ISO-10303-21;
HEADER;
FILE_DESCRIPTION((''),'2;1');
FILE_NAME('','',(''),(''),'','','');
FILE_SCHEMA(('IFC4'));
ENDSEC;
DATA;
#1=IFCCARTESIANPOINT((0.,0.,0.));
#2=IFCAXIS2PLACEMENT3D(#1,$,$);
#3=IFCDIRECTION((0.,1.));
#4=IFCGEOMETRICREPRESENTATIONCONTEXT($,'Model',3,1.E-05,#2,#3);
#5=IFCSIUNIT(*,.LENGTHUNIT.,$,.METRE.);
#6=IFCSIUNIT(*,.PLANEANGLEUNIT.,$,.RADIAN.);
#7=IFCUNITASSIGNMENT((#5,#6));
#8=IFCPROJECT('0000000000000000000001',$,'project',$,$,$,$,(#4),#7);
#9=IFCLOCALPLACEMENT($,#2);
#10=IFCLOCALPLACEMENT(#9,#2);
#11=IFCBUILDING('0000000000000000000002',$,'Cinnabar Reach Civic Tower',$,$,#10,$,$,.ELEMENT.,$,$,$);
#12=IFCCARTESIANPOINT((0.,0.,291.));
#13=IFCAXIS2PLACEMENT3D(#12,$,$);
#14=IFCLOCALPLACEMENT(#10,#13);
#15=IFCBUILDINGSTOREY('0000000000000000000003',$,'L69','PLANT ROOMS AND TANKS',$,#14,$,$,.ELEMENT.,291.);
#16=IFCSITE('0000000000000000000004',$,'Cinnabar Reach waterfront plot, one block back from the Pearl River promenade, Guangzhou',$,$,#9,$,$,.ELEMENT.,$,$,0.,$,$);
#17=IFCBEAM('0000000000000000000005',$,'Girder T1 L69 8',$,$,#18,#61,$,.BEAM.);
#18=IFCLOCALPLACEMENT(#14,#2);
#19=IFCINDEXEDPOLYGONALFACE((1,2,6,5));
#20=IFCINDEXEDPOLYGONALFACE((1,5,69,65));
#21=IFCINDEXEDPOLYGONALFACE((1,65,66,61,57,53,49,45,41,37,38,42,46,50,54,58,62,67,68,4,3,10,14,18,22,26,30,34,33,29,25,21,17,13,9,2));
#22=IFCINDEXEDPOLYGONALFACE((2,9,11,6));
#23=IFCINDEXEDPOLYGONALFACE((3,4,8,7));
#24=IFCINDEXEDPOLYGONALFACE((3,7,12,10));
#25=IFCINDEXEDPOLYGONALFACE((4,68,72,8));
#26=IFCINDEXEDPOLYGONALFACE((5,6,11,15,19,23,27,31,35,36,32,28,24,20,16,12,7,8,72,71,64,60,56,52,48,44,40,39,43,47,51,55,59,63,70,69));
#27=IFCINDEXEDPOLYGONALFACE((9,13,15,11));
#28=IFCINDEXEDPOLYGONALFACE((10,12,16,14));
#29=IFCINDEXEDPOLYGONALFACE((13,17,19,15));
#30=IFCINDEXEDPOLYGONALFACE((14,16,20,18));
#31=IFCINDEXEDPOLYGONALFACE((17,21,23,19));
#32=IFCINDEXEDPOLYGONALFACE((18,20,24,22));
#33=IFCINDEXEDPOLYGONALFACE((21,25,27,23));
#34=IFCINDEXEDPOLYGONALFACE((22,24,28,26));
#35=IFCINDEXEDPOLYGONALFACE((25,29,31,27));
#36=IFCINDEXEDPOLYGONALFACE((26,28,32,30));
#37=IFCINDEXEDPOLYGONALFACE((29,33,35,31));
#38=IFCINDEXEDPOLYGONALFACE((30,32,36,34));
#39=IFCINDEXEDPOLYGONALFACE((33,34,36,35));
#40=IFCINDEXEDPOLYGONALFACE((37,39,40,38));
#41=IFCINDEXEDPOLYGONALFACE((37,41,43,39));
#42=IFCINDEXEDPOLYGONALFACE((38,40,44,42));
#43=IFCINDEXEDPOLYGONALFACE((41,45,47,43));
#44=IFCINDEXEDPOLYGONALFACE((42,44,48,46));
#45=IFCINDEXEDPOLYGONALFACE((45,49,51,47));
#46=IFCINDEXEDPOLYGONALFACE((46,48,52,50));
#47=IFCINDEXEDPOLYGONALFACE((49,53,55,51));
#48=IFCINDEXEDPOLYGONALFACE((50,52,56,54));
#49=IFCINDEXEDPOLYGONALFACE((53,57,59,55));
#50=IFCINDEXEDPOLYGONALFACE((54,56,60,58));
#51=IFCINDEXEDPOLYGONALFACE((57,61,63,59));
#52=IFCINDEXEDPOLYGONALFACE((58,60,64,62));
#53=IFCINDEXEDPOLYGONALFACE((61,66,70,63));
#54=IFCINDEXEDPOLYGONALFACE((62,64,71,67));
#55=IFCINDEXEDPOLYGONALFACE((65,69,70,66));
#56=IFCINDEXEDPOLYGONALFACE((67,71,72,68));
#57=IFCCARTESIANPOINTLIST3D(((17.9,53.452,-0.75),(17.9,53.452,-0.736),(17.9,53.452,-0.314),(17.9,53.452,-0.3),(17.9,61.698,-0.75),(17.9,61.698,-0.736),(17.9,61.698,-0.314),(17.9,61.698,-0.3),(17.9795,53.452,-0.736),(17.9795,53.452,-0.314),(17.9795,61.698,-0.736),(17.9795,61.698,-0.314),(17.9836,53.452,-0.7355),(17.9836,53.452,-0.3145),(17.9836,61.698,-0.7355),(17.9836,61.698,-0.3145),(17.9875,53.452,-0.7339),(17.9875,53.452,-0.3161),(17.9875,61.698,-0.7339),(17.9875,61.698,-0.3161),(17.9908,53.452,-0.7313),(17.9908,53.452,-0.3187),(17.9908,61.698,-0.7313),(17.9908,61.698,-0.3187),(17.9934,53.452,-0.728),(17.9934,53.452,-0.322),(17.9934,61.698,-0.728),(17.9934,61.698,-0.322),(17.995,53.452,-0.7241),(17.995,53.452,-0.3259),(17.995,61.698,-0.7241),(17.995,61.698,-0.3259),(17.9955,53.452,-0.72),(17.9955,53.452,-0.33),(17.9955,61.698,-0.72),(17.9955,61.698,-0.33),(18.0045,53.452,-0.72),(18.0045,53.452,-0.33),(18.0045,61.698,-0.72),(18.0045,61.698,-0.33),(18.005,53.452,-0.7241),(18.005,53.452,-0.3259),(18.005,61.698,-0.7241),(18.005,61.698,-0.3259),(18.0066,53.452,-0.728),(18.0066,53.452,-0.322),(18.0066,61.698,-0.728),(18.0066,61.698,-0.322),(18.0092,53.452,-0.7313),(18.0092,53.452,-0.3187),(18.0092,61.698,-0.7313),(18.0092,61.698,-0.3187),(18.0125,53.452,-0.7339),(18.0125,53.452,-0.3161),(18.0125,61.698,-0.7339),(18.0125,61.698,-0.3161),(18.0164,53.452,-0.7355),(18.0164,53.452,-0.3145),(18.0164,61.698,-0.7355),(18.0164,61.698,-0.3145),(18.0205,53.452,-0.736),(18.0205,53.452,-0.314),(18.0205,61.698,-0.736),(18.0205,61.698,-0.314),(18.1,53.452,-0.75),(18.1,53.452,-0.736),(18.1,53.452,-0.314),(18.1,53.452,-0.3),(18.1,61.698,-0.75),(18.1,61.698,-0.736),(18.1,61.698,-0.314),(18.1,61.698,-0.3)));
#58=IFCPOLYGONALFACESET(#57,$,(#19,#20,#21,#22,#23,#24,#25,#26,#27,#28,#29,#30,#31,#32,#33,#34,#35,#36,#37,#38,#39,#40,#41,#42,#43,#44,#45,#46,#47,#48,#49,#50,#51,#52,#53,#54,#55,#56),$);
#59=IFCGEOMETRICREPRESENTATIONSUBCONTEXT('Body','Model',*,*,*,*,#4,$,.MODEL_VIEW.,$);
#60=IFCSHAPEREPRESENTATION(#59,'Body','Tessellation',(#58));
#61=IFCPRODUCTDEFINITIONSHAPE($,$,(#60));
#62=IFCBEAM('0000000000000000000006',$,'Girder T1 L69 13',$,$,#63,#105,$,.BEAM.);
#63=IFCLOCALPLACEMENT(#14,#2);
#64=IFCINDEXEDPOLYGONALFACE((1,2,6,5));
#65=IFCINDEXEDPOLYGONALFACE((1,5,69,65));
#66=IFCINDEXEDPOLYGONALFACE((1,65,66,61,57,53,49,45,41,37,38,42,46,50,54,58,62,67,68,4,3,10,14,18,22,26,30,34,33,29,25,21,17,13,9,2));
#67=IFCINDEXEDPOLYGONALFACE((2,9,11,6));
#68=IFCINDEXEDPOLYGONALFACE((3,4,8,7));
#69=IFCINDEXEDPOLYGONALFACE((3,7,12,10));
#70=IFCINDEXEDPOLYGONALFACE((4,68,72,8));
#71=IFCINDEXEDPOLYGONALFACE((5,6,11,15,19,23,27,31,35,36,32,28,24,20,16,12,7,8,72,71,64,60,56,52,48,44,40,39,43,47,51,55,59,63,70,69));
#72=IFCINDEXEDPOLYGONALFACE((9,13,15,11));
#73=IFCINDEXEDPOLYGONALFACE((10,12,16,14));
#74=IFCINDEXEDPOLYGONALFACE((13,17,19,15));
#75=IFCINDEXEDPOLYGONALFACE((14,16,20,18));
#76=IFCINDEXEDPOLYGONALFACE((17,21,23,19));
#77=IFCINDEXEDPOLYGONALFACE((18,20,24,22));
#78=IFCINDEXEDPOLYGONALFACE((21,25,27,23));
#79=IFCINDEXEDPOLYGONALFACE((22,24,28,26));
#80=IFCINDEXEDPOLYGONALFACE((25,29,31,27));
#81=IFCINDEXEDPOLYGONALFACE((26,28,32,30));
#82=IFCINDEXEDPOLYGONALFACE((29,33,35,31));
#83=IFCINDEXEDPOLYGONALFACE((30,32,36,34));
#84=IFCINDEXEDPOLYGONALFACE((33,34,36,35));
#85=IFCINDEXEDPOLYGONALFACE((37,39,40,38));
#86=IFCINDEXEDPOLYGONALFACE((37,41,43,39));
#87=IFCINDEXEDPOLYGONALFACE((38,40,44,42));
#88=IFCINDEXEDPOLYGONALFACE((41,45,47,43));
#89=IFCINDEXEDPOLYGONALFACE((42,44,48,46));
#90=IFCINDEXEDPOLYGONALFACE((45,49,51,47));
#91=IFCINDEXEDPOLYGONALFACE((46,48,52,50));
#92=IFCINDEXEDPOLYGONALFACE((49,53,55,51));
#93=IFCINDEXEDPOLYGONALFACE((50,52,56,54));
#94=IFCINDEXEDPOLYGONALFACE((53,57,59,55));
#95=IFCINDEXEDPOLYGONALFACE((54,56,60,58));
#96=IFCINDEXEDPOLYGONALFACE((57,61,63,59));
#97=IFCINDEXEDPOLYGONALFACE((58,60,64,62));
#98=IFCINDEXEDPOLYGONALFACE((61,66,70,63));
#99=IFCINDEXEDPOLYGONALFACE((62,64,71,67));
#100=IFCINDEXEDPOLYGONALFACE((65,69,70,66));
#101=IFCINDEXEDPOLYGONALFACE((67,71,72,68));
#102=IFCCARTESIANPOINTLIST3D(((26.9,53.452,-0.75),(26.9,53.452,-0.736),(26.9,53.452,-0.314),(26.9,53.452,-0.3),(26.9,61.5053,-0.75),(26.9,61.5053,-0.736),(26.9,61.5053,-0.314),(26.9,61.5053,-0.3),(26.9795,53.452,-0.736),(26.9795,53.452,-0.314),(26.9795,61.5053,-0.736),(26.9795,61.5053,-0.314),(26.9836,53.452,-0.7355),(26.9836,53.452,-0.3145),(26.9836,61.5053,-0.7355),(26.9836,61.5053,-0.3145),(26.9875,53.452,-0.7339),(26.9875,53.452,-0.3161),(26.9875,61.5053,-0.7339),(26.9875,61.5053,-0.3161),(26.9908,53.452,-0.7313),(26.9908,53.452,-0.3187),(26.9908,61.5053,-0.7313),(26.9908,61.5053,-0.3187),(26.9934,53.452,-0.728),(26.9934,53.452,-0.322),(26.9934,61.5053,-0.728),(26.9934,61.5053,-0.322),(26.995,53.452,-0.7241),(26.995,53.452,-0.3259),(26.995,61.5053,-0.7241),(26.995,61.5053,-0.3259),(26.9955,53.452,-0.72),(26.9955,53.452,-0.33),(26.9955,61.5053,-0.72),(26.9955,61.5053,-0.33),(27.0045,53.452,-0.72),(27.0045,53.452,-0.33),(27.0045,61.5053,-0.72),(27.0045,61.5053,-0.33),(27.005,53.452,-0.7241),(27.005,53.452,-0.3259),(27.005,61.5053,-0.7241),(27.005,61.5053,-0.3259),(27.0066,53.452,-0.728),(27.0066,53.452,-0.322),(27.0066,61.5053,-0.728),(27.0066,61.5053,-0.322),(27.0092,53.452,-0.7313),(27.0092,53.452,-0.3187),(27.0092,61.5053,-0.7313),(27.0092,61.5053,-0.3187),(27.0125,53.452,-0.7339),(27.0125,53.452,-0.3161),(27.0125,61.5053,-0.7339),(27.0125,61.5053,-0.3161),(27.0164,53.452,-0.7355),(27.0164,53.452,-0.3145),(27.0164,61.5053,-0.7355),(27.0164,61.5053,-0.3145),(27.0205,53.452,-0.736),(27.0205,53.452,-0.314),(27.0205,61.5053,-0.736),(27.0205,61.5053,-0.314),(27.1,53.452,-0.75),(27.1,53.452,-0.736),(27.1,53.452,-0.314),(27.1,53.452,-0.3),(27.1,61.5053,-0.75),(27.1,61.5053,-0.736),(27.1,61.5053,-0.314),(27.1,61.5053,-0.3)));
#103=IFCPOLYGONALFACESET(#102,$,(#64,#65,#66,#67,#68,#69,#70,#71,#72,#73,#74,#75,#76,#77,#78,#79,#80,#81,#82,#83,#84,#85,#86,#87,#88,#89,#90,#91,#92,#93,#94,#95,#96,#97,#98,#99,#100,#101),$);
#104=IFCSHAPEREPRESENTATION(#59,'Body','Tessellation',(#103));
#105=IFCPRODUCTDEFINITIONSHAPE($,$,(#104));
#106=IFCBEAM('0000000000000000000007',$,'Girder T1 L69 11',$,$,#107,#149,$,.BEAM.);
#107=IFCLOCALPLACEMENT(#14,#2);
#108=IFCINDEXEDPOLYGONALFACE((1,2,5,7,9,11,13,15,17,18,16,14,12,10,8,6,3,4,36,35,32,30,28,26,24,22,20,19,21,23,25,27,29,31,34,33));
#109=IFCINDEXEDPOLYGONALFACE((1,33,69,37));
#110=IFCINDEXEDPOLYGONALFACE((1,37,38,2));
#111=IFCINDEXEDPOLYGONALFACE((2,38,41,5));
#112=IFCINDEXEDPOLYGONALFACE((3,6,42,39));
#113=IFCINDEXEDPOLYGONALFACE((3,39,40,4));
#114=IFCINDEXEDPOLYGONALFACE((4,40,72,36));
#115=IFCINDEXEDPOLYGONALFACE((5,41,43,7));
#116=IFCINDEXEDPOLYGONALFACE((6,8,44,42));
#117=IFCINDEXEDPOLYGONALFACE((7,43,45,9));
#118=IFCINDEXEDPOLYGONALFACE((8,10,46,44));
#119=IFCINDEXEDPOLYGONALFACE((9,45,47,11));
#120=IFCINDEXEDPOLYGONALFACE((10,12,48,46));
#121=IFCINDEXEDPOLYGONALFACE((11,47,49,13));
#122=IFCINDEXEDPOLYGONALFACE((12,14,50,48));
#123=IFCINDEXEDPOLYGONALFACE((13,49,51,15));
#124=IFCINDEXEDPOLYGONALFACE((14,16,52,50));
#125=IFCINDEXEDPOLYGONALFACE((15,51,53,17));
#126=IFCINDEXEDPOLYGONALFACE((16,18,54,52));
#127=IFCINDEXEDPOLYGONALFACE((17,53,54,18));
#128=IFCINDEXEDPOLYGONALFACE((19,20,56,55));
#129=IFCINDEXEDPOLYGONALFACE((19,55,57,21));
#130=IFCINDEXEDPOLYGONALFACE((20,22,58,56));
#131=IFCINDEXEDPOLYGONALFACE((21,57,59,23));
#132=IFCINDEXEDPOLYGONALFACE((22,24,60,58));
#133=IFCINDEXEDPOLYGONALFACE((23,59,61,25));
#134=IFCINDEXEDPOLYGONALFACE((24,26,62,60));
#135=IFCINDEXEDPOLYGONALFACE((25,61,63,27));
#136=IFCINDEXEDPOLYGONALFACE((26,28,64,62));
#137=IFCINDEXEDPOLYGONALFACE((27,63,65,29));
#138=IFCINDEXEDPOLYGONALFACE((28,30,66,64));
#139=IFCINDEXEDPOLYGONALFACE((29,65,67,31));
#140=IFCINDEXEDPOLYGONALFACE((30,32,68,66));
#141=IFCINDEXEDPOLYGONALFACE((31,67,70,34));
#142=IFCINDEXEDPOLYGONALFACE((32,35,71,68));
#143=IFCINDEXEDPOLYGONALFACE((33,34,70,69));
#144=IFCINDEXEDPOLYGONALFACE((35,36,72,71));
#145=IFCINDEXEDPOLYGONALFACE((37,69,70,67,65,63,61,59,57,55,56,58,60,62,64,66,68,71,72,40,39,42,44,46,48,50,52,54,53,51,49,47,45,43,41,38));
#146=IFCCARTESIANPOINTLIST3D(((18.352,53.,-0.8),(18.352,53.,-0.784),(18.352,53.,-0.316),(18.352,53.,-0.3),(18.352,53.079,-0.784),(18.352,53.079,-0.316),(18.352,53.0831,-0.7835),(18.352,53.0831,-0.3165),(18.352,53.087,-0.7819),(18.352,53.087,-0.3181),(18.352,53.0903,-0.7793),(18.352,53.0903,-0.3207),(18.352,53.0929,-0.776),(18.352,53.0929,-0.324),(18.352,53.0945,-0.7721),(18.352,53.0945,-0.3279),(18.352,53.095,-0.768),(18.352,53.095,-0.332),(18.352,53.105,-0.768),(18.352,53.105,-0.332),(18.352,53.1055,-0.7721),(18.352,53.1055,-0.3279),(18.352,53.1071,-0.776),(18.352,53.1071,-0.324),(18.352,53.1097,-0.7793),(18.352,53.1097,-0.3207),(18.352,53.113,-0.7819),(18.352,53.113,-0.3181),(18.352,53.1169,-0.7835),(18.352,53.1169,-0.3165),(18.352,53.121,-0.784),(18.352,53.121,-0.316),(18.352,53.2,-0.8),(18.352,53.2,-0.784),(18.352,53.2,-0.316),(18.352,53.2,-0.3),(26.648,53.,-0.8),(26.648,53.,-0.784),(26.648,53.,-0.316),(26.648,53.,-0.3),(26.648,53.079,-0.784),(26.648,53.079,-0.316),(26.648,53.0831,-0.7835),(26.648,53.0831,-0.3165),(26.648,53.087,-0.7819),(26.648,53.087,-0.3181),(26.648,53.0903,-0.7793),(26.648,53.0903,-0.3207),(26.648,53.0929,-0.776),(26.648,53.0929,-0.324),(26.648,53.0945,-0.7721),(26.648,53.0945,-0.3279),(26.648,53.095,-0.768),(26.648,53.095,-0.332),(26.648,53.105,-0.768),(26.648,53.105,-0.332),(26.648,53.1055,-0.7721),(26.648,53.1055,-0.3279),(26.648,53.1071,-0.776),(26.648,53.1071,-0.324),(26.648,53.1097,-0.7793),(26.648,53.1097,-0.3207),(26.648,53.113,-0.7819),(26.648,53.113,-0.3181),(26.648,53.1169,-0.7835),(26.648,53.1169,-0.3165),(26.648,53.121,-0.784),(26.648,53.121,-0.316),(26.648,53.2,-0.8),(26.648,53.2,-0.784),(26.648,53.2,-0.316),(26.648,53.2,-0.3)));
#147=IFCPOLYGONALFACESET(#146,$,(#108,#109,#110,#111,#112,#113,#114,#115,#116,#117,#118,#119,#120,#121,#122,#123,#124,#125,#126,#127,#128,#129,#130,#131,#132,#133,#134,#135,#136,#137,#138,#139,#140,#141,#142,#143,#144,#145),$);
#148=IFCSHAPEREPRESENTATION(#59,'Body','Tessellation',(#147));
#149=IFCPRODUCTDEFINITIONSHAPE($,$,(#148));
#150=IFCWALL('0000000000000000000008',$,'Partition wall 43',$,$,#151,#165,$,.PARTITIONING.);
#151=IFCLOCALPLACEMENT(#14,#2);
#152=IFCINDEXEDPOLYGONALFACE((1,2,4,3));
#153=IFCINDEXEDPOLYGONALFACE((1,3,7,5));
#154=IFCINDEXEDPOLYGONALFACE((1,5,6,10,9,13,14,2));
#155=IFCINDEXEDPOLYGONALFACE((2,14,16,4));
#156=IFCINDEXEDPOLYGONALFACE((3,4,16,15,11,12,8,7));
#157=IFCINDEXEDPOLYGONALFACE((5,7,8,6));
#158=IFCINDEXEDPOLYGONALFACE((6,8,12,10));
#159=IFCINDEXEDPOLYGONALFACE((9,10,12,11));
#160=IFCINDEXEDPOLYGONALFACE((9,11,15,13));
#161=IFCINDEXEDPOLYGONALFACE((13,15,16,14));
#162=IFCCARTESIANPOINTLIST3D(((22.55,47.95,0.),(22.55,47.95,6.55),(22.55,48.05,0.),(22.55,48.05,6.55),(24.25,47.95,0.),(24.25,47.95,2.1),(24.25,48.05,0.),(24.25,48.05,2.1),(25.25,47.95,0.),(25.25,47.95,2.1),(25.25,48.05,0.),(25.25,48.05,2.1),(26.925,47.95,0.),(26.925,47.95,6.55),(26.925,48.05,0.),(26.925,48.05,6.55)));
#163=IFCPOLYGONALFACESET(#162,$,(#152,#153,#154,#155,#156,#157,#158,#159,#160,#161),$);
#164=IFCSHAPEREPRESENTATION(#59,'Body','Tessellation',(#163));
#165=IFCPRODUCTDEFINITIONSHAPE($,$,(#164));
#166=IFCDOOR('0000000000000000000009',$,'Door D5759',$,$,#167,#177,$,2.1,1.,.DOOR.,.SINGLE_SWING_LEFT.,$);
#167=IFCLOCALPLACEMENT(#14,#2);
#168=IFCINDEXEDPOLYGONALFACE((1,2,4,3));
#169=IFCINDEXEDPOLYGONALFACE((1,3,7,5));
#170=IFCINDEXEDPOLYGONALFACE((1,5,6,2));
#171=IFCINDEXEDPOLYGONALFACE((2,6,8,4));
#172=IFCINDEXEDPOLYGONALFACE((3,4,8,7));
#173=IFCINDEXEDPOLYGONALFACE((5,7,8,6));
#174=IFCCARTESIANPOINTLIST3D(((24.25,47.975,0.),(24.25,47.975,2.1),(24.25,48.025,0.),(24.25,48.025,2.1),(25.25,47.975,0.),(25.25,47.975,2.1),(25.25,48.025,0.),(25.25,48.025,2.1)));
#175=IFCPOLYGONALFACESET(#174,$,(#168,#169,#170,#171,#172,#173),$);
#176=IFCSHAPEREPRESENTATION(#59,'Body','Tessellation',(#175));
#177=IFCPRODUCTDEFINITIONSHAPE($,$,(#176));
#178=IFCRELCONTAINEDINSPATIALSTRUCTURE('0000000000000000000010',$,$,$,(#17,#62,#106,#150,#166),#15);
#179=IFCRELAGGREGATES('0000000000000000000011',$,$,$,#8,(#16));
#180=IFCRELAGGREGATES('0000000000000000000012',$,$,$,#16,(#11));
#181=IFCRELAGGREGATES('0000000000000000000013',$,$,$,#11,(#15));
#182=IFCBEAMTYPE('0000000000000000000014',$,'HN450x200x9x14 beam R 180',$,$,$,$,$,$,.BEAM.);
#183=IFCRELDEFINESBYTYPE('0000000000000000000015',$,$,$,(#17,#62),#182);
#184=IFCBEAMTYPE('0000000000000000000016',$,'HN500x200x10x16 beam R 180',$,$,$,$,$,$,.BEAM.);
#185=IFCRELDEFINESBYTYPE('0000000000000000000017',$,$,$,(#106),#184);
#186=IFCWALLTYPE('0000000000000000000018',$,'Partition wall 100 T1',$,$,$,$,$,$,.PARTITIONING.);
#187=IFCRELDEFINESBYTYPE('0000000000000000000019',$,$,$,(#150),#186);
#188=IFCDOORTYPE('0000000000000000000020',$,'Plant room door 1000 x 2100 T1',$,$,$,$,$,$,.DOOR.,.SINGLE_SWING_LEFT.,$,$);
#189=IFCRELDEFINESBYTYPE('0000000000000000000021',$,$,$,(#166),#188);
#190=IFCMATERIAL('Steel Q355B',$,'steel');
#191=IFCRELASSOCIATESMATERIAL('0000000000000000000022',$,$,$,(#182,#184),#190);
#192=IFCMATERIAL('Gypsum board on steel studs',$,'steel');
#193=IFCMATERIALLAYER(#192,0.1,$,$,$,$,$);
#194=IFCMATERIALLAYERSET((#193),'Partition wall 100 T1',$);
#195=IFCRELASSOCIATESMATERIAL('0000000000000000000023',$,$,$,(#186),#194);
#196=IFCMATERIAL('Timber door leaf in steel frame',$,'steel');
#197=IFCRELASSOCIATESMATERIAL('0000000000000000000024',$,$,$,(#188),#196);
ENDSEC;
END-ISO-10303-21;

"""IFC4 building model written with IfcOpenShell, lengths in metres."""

from ifc_helpers import new_model, si_unit, direction, frame, frame_2d, origin, origin_2d, place, context, subcontext, project, spatial, rectangle, i_section, extrude, material, layer, layer_set, material_profile, profile_set, type_object, element, fill, save


model = new_model("IFC4")

# Units and contexts
model_context = context("Model", 3, precision=1e-05, world=origin(), true_north=direction((0.0, 1.0)))
body_context = subcontext(model_context, "Body", "Model", "MODEL_VIEW")
ifc_project = project(units=[si_unit("LENGTHUNIT", "METRE"), si_unit("PLANEANGLEUNIT", "RADIAN")], contexts=[model_context])

# Site, building, storey
site_placement = place(None, origin())
site = spatial("IfcSite", under=ifc_project, at=site_placement, Name="Cinnabar Reach waterfront plot, one block back from the Pearl River promenade, Guangzhou", CompositionType="ELEMENT", RefElevation=0.0)
building_placement = place(site_placement, origin())
building = spatial("IfcBuilding", under=site, at=building_placement, Name="Cinnabar Reach Civic Tower", CompositionType="ELEMENT")
storey_placement = place(building_placement, frame((0.0, 0.0, 291.0)))
storey = spatial("IfcBuildingStorey", under=building, at=storey_placement, Name="L69", Description="PLANT ROOMS AND TANKS", CompositionType="ELEMENT", Elevation=291.0)

# Beams
ifc_material_1 = material(Name="Steel Q355B", Category="steel")
ifc_material_profile_1 = material_profile(ifc_material_1, i_section(OverallWidth=0.2, OverallDepth=0.45, WebThickness=0.009, FlangeThickness=0.014, FilletRadius=0.016, at=origin_2d()), Name="HN450x200x9x14")
ifc_profile_set_1 = profile_set([ifc_material_profile_1], Name="Steel Q355B")
beam_type_1 = type_object("IfcBeamType", Name="HN450x200x9x14 beam R 180", PredefinedType="BEAM", material=ifc_profile_set_1)
beam_1_placement = place(storey_placement, frame((18.0, 53.452, -0.525), z_axis=(0.0, 1.0, 0.0), x_axis=(-1.0, 0.0, 0.0)))
element("IfcBeam", 1, at=beam_1_placement, inside=storey, type_object=beam_type_1, Name="Girder T1 L69 8", PredefinedType="BEAM", context=body_context, shape_type="SweptSolid", body=[
    extrude(i_section(OverallWidth=0.2, OverallDepth=0.45, WebThickness=0.009, FlangeThickness=0.014, FilletRadius=0.016, at=origin_2d()), origin(), (0.0, 0.0, 1.0), 8.246),
])
beam_2_placement = place(storey_placement, frame((27.0, 53.452, -0.525), z_axis=(0.0, 1.0, 0.0), x_axis=(-1.0, 0.0, 0.0)))
element("IfcBeam", 2, at=beam_2_placement, inside=storey, type_object=beam_type_1, Name="Girder T1 L69 13", PredefinedType="BEAM", context=body_context, shape_type="SweptSolid", body=[
    extrude(i_section(OverallWidth=0.2, OverallDepth=0.45, WebThickness=0.009, FlangeThickness=0.014, FilletRadius=0.016, at=origin_2d()), origin(), (0.0, 0.0, 1.0), 8.0533),
])
ifc_material_profile_2 = material_profile(ifc_material_1, i_section(OverallWidth=0.2, OverallDepth=0.5, WebThickness=0.01, FlangeThickness=0.016, FilletRadius=0.016, at=origin_2d()), Name="HN500x200x10x16")
ifc_profile_set_2 = profile_set([ifc_material_profile_2], Name="Steel Q355B")
beam_type_2 = type_object("IfcBeamType", Name="HN500x200x10x16 beam R 180", PredefinedType="BEAM", material=ifc_profile_set_2)
beam_3_placement = place(storey_placement, frame((18.352, 53.1, -0.55), z_axis=(1.0, 0.0, 0.0), x_axis=(0.0, 1.0, 0.0)))
element("IfcBeam", 3, at=beam_3_placement, inside=storey, type_object=beam_type_2, Name="Girder T1 L69 11", PredefinedType="BEAM", context=body_context, shape_type="SweptSolid", body=[
    extrude(i_section(OverallWidth=0.2, OverallDepth=0.5, WebThickness=0.01, FlangeThickness=0.016, FilletRadius=0.016, at=origin_2d()), origin(), (0.0, 0.0, 1.0), 8.296),
])

# Wall, opening, door
ifc_material_2 = material(Name="Gypsum board on steel studs", Category="steel")
ifc_layer_1 = layer(ifc_material_2, 0.1)
ifc_layer_set_1 = layer_set([ifc_layer_1], Name="Partition wall 100 T1")
wall_type_1 = type_object("IfcWallType", Name="Partition wall 100 T1", PredefinedType="PARTITIONING", material=ifc_layer_set_1)
wall_1_placement = place(storey_placement, frame((22.55, 48.0, 0.0), z_axis=(0.0, 0.0, 1.0), x_axis=(1.0, 0.0, 0.0)))
wall_1 = element("IfcWall", 4, at=wall_1_placement, inside=storey, type_object=wall_type_1, Name="Partition wall 43", PredefinedType="PARTITIONING", context=body_context, shape_type="SweptSolid", body=[
    extrude(rectangle(XDim=4.375, YDim=0.1, at=frame_2d((2.1875, 0.0))), origin(), (0.0, 0.0, 1.0), 6.55),
])
opening_placement = place(wall_1_placement, frame((1.7, 0.0, 0.0)))
opening = element("IfcOpeningElement", 5, at=opening_placement, cuts=wall_1, PredefinedType="OPENING", context=body_context, shape_type="SweptSolid", body=[
    extrude(rectangle(XDim=1.0, YDim=2.1, at=frame_2d((0.5, 1.05))), frame((0.0, 0.06, 0.0), z_axis=(0.0, -1.0, 0.0), x_axis=(1.0, 0.0, 0.0)), (0.0, 0.0, 1.0), 0.12),
])
ifc_material_3 = material(Name="Timber door leaf in steel frame", Category="steel")
door_type = type_object("IfcDoorType", Name="Plant room door 1000 x 2100 T1", OperationType="SINGLE_SWING_LEFT", PredefinedType="DOOR", material=ifc_material_3)
door_placement = place(opening_placement, frame((1.0, 0.0, 0.0), z_axis=(0.0, 0.0, 1.0), x_axis=(-1.0, 0.0, 0.0)))
door = element("IfcDoor", 6, at=door_placement, inside=storey, type_object=door_type, Name="Door D5759", OperationType="SINGLE_SWING_LEFT", OverallHeight=2.1, OverallWidth=1.0, PredefinedType="DOOR", context=body_context, shape_type="SweptSolid", body=[
    extrude(rectangle(XDim=1.0, YDim=2.1, at=frame_2d((0.5, 1.05))), frame((0.0, 0.025, 0.0), z_axis=(0.0, -1.0, 0.0), x_axis=(1.0, 0.0, 0.0)), (0.0, 0.0, 1.0), 0.05),
])
fill(opening, door)

save(model, "model.ifc")
